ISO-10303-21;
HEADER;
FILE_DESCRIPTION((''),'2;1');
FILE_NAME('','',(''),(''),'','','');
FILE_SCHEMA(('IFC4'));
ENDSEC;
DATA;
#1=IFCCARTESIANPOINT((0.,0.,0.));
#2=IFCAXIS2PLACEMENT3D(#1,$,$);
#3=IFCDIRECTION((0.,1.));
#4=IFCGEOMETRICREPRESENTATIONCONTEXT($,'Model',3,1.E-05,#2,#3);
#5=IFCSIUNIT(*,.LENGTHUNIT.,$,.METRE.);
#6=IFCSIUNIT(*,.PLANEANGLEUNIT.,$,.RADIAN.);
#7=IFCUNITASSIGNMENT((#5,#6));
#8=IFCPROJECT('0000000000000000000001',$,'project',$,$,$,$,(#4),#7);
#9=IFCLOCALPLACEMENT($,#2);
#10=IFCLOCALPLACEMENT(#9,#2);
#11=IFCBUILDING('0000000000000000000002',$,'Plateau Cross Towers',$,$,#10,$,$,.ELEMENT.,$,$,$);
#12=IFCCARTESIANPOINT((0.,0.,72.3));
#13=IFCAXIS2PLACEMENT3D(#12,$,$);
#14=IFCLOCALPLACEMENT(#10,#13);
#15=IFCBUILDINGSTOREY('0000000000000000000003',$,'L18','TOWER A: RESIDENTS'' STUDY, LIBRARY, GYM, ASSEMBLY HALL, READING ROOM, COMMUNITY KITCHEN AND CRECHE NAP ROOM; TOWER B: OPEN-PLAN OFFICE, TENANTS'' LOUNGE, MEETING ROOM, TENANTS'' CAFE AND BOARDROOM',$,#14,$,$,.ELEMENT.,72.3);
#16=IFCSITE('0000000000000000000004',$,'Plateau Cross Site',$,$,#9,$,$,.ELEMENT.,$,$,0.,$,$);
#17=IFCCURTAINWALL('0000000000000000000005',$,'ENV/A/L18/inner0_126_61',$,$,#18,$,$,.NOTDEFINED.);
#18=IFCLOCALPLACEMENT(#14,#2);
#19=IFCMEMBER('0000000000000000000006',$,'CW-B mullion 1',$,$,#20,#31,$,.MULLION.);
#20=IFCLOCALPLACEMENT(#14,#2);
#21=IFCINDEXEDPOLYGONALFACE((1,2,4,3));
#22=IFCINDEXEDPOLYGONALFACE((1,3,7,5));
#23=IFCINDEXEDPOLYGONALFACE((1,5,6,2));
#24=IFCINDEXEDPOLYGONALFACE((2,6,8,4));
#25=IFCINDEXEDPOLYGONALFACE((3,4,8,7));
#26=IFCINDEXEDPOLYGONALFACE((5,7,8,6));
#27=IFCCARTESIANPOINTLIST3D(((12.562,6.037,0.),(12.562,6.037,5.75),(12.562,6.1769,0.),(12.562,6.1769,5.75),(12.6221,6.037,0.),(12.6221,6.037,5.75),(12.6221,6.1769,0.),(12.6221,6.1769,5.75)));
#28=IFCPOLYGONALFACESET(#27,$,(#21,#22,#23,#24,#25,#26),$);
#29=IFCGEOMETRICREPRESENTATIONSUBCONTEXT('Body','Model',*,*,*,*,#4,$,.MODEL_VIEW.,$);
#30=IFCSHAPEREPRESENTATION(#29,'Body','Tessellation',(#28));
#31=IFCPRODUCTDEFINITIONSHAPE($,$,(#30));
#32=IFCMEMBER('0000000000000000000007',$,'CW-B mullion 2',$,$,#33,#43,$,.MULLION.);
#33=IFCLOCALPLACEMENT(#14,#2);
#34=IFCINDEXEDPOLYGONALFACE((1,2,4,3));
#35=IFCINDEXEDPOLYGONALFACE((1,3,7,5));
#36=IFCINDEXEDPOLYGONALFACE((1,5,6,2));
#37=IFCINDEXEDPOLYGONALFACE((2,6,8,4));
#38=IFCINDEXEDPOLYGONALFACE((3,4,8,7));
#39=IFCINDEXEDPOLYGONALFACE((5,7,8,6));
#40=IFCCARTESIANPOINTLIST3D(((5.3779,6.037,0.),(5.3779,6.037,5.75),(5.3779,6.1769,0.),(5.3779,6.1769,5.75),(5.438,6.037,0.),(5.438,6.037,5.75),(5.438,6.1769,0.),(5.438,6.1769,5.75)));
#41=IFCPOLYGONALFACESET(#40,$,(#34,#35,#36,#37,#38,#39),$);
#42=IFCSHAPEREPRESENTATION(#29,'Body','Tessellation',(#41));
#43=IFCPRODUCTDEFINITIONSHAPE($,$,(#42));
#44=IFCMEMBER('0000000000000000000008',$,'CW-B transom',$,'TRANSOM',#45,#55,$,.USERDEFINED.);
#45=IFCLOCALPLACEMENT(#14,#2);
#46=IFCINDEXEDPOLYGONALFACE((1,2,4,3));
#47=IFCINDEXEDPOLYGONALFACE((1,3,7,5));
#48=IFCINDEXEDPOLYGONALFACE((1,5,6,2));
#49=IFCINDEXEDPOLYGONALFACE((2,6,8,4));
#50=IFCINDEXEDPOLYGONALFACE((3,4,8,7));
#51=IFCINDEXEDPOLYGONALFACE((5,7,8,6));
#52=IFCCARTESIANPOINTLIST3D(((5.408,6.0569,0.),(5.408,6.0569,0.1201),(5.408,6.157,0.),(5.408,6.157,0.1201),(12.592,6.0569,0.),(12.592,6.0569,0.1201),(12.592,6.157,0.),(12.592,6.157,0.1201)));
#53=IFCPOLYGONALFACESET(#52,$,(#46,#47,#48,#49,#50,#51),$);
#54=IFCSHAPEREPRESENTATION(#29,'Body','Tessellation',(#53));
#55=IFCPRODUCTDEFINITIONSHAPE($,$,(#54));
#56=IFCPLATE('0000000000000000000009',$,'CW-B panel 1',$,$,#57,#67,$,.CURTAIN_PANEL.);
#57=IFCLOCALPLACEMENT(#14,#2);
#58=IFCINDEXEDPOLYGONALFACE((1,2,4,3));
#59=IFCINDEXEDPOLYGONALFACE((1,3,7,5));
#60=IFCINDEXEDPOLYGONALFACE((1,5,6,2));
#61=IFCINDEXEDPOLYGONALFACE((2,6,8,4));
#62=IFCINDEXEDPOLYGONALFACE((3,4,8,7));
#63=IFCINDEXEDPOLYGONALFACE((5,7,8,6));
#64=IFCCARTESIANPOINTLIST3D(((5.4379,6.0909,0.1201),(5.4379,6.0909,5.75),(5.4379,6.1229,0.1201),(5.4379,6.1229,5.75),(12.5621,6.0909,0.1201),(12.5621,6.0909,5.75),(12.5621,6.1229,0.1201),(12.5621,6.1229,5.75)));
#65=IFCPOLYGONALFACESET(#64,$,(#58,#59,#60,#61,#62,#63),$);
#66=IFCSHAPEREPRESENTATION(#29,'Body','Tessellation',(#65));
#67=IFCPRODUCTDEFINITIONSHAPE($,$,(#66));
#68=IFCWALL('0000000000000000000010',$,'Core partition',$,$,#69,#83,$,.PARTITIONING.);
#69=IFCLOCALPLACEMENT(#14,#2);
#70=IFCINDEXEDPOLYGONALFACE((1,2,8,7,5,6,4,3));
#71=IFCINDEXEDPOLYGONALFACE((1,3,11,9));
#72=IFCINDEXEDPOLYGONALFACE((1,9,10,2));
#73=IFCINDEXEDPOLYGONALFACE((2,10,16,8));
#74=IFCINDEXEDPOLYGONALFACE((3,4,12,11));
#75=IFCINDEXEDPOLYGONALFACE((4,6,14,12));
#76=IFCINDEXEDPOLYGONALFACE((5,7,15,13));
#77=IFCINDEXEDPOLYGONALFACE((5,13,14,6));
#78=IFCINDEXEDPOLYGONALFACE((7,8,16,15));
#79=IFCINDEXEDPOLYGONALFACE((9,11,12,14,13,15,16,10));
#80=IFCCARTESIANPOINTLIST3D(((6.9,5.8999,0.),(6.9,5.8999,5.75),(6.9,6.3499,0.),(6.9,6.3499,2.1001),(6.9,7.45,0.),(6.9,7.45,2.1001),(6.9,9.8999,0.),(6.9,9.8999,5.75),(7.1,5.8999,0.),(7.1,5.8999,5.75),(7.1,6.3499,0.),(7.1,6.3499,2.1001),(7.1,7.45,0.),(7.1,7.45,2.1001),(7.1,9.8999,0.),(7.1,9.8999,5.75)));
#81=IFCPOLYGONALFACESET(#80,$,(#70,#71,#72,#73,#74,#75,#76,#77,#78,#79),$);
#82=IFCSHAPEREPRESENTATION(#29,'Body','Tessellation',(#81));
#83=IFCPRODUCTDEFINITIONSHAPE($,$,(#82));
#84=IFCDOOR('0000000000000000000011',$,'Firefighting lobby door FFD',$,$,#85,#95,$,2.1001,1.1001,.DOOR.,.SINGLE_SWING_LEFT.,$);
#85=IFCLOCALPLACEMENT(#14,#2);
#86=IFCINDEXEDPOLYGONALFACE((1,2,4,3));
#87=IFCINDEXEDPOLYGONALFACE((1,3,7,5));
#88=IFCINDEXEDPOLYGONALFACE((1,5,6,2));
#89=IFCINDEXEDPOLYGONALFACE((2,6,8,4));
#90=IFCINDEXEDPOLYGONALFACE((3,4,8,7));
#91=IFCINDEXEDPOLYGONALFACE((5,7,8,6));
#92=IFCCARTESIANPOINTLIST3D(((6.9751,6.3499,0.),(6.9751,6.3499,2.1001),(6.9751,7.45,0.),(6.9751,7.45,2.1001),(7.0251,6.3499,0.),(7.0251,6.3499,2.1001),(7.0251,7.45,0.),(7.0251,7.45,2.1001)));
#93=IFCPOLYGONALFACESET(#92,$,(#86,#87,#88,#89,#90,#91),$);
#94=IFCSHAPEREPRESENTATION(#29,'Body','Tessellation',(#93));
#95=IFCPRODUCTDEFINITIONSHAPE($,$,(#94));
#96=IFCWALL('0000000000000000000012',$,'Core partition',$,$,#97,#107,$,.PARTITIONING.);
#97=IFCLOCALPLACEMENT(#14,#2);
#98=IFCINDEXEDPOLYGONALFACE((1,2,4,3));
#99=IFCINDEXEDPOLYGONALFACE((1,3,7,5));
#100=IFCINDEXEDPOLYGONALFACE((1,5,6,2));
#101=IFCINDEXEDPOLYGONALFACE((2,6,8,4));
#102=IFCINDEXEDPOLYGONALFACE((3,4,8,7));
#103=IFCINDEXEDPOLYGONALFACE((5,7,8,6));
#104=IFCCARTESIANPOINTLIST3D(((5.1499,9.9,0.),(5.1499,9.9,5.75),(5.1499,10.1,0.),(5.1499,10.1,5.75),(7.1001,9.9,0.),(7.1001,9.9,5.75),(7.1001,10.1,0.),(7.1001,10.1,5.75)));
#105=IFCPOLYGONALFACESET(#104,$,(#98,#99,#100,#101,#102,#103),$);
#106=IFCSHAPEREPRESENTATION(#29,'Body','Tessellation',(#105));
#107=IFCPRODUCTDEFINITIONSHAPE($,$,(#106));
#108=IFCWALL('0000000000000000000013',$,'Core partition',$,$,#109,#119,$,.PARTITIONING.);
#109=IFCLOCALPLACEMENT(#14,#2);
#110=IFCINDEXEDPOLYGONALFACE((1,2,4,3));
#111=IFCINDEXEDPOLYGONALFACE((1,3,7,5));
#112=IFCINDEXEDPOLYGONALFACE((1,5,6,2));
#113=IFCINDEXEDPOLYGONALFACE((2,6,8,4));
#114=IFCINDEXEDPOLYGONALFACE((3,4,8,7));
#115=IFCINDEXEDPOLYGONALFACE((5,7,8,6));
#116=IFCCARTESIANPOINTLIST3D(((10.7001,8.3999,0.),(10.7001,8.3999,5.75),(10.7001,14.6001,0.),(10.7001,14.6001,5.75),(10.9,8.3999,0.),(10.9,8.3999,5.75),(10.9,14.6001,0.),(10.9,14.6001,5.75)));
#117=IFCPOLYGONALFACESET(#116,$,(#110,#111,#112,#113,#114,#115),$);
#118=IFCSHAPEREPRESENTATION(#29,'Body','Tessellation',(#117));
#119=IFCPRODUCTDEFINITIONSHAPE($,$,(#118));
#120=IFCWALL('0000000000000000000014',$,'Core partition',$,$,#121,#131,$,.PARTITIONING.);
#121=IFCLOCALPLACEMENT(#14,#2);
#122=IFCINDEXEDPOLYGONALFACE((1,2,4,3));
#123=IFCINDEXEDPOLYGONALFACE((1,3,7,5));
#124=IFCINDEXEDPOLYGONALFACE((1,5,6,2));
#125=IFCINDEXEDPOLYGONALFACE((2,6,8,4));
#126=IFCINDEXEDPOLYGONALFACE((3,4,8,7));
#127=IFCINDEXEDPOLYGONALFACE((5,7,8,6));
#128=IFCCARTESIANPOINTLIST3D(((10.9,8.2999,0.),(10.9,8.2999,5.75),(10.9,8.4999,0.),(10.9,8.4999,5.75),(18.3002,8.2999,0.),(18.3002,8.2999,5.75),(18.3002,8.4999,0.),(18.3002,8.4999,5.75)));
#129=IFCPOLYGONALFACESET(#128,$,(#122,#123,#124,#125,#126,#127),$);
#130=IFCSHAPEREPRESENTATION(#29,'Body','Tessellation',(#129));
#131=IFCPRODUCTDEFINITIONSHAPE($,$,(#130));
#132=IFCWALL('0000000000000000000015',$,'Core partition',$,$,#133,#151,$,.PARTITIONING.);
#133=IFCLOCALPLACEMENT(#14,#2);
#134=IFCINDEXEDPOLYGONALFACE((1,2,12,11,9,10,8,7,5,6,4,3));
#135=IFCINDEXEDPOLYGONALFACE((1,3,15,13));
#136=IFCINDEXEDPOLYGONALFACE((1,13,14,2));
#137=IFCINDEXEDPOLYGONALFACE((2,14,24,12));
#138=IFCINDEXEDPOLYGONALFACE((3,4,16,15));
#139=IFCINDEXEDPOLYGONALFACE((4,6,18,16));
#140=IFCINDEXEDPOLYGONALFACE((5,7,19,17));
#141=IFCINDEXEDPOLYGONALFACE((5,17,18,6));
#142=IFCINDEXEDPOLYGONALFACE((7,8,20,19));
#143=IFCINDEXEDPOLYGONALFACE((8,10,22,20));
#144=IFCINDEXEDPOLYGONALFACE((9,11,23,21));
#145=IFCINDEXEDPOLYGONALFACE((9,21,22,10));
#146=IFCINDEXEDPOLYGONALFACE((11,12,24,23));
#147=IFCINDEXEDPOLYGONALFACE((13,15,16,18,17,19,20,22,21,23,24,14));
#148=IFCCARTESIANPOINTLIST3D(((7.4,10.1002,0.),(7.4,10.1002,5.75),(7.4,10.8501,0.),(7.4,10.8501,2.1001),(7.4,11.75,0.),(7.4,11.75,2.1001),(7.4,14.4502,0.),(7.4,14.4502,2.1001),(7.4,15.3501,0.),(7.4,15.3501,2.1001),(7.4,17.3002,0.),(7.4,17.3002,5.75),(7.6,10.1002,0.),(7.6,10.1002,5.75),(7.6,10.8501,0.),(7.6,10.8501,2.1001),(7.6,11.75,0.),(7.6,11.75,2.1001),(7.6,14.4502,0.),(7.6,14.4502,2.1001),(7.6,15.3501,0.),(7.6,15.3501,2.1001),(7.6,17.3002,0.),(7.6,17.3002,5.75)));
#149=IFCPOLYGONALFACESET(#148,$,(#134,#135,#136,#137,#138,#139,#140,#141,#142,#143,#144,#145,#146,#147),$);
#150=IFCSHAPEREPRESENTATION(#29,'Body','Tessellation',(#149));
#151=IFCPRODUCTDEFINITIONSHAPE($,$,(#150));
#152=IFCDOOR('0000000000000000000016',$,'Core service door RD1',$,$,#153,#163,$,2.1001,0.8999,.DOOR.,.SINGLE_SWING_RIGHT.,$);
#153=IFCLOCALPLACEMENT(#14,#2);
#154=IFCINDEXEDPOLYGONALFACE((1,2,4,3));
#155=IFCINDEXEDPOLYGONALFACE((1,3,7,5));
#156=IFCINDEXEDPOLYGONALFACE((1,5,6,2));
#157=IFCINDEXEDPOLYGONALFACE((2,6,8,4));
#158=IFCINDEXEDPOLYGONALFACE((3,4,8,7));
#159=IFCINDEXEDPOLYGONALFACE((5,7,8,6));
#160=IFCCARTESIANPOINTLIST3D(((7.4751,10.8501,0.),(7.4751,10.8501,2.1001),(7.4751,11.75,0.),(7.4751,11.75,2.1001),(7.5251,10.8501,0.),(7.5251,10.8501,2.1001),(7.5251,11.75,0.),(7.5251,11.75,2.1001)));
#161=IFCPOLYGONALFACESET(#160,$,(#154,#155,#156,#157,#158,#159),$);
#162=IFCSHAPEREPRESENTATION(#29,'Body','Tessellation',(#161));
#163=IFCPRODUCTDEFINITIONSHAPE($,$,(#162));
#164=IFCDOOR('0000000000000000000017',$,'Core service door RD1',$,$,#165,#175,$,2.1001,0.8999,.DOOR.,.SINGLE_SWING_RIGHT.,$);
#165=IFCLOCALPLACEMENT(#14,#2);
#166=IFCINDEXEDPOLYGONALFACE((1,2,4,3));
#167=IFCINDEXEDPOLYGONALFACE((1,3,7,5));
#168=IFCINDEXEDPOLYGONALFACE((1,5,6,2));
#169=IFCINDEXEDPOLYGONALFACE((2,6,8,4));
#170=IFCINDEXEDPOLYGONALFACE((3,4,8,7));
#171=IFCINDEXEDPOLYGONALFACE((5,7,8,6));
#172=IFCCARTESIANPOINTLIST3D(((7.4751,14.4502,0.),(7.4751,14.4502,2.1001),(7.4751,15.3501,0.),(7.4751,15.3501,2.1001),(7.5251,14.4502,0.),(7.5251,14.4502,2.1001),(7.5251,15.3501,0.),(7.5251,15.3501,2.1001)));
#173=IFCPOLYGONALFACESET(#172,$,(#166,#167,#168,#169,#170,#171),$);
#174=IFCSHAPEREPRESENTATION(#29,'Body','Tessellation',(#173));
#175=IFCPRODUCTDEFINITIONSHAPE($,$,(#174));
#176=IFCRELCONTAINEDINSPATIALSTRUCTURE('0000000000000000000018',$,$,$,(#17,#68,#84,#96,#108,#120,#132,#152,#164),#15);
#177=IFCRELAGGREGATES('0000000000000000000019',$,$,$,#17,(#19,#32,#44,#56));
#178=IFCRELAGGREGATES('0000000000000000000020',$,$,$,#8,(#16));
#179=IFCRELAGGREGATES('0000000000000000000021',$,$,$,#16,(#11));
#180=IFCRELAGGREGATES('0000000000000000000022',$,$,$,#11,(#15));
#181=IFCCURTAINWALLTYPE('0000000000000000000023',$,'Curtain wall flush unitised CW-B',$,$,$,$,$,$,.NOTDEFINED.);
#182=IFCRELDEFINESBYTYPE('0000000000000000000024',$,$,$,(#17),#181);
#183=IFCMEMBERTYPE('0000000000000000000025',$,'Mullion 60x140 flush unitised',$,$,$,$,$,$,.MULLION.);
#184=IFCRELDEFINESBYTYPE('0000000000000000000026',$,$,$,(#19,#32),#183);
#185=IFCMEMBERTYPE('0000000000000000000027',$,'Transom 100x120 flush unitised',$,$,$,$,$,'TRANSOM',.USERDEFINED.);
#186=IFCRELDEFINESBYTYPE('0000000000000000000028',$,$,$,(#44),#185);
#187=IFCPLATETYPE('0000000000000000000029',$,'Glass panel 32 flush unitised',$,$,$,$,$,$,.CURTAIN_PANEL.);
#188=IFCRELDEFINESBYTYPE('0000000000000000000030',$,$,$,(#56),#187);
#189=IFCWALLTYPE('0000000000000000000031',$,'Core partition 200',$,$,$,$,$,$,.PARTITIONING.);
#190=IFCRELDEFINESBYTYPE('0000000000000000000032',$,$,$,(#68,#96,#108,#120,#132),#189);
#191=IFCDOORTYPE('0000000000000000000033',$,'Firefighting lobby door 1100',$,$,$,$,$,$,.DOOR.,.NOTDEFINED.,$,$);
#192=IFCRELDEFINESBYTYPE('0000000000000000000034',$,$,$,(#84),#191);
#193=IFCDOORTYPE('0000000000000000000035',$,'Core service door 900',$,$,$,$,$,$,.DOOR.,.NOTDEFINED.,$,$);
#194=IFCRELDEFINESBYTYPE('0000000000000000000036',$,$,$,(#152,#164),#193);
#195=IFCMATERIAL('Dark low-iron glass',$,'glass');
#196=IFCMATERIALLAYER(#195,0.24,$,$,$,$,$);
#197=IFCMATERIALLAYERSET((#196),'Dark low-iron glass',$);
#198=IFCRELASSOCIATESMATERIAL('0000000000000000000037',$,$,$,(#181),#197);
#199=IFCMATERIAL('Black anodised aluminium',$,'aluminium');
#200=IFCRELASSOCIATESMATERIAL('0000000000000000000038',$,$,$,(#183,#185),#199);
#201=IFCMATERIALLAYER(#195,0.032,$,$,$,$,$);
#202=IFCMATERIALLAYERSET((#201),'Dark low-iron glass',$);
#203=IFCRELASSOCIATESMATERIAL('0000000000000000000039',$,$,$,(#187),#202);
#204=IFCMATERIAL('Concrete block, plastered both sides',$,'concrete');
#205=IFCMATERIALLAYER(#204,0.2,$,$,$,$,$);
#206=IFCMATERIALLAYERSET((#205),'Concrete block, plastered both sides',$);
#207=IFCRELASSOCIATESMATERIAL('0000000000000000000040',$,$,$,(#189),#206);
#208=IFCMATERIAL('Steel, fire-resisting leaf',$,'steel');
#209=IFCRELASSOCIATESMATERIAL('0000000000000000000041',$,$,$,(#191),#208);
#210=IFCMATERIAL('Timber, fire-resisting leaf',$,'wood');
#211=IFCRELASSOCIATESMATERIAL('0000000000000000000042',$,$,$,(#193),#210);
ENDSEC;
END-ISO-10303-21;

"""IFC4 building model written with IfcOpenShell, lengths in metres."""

from ifc_helpers import new_model, si_unit, direction, frame, frame_2d, origin, origin_2d, place, context, subcontext, project, spatial, rectangle, extrude, material, layer, layer_set, material_profile, profile_set, type_object, element, fill, aggregate, save


model = new_model("IFC4")

# Units and contexts
model_context = context("Model", 3, precision=1e-05, world=origin(), true_north=direction((0.0, 1.0)))
body_context = subcontext(model_context, "Body", "Model", "MODEL_VIEW")
ifc_project = project(units=[si_unit("LENGTHUNIT", "METRE"), si_unit("PLANEANGLEUNIT", "RADIAN")], contexts=[model_context])

# Site, building, storey
site_placement = place(None, origin())
site = spatial("IfcSite", under=ifc_project, at=site_placement, Name="Plateau Cross Site", CompositionType="ELEMENT", RefElevation=0.0)
building_placement = place(site_placement, origin())
building = spatial("IfcBuilding", under=site, at=building_placement, Name="Plateau Cross Towers", CompositionType="ELEMENT")
storey_placement = place(building_placement, frame((0.0, 0.0, 72.3)))
storey = spatial("IfcBuildingStorey", under=building, at=storey_placement, Name="L18", Description="TOWER A: RESIDENTS' STUDY, LIBRARY, GYM, ASSEMBLY HALL, READING ROOM, COMMUNITY KITCHEN AND CRECHE NAP ROOM; TOWER B: OPEN-PLAN OFFICE, TENANTS' LOUNGE, MEETING ROOM, TENANTS' CAFE AND BOARDROOM", CompositionType="ELEMENT", Elevation=72.3)

# Curtain wall, members, plate
ifc_material_1 = material(Name="Dark low-iron glass", Category="glass")
ifc_layer_1 = layer(ifc_material_1, 0.24)
ifc_layer_set_1 = layer_set([ifc_layer_1], Name="Dark low-iron glass")
curtain_wall_type = type_object("IfcCurtainWallType", Name="Curtain wall flush unitised CW-B", PredefinedType="NOTDEFINED", material=ifc_layer_set_1)
curtain_wall_placement = place(storey_placement, origin())
curtain_wall = element("IfcCurtainWall", 1, at=curtain_wall_placement, inside=storey, type_object=curtain_wall_type, Name="ENV/A/L18/inner0_126_61", PredefinedType="NOTDEFINED")
ifc_material_2 = material(Name="Black anodised aluminium", Category="aluminium")
ifc_material_profile_1 = material_profile(ifc_material_2, rectangle(XDim=0.0601, YDim=0.1399, at=origin_2d()), Name="MULLION 60x140")
ifc_profile_set_1 = profile_set([ifc_material_profile_1], Name="Black anodised aluminium")
member_type_1 = type_object("IfcMemberType", Name="Mullion 60x140 flush unitised", PredefinedType="MULLION", material=ifc_profile_set_1)
member_1_placement = place(storey_placement, frame((12.592, 6.1069, 0.0), z_axis=(0.0, 0.0, 1.0), x_axis=(-1.0, 0.0, 0.0)))
member_1 = element("IfcMember", 2, at=member_1_placement, type_object=member_type_1, Name="CW-B mullion 1", PredefinedType="MULLION", context=body_context, shape_type="SweptSolid", body=[
    extrude(rectangle(XDim=0.0601, YDim=0.1399, at=origin_2d()), origin(), (0.0, 0.0, 1.0), 5.75),
])
member_2_placement = place(storey_placement, frame((5.408, 6.1069, 0.0), z_axis=(0.0, 0.0, 1.0), x_axis=(-1.0, 0.0, 0.0)))
member_2 = element("IfcMember", 3, at=member_2_placement, type_object=member_type_1, Name="CW-B mullion 2", PredefinedType="MULLION", context=body_context, shape_type="SweptSolid", body=[
    extrude(rectangle(XDim=0.0601, YDim=0.1399, at=origin_2d()), origin(), (0.0, 0.0, 1.0), 5.75),
])
ifc_material_profile_2 = material_profile(ifc_material_2, rectangle(XDim=0.1001, YDim=0.1201, at=origin_2d()), Name="TRANSOM 100x120")
ifc_profile_set_2 = profile_set([ifc_material_profile_2], Name="Black anodised aluminium")
member_type_2 = type_object("IfcMemberType", Name="Transom 100x120 flush unitised", ElementType="TRANSOM", PredefinedType="USERDEFINED", material=ifc_profile_set_2)
member_3_placement = place(storey_placement, frame((12.592, 6.1069, 0.0601), z_axis=(-1.0, 0.0, 0.0), x_axis=(0.0, -1.0, 0.0)))
member_3 = element("IfcMember", 4, at=member_3_placement, type_object=member_type_2, Name="CW-B transom", ObjectType="TRANSOM", PredefinedType="USERDEFINED", context=body_context, shape_type="SweptSolid", body=[
    extrude(rectangle(XDim=0.1001, YDim=0.1201, at=origin_2d()), origin(), (0.0, 0.0, 1.0), 7.1841),
])
ifc_layer_2 = layer(ifc_material_1, 0.032)
ifc_layer_set_2 = layer_set([ifc_layer_2], Name="Dark low-iron glass")
plate_type = type_object("IfcPlateType", Name="Glass panel 32 flush unitised", PredefinedType="CURTAIN_PANEL", material=ifc_layer_set_2)
plate_placement = place(storey_placement, frame((9.0, 6.1069, 0.1201), z_axis=(0.0, 0.0, 1.0), x_axis=(-1.0, 0.0, 0.0)))
plate = element("IfcPlate", 5, at=plate_placement, type_object=plate_type, Name="CW-B panel 1", PredefinedType="CURTAIN_PANEL", context=body_context, shape_type="SweptSolid", body=[
    extrude(rectangle(XDim=7.1243, YDim=0.032, at=origin_2d()), origin(), (0.0, 0.0, 1.0), 5.6299),
])
aggregate(curtain_wall, [member_1, member_2, member_3, plate])

# Wall, opening, door
ifc_material_3 = material(Name="Concrete block, plastered both sides", Category="concrete")
ifc_layer_3 = layer(ifc_material_3, 0.2)
ifc_layer_set_3 = layer_set([ifc_layer_3], Name="Concrete block, plastered both sides")
wall_type_1 = type_object("IfcWallType", Name="Core partition 200", PredefinedType="PARTITIONING", material=ifc_layer_set_3)
wall_1_placement = place(storey_placement, frame((7.0, 5.8999, 0.0), z_axis=(0.0, 0.0, 1.0), x_axis=(0.0, 1.0, 0.0)))
wall_1 = element("IfcWall", 6, at=wall_1_placement, inside=storey, type_object=wall_type_1, Name="Core partition", PredefinedType="PARTITIONING", context=body_context, shape_type="SweptSolid", body=[
    extrude(rectangle(XDim=4.0, YDim=0.2, at=frame_2d((2.0, 0.0))), origin(), (0.0, 0.0, 1.0), 5.75),
])
opening_1_placement = place(wall_1_placement, frame((0.45, 0.0, 0.0)))
opening_1 = element("IfcOpeningElement", 7, at=opening_1_placement, cuts=wall_1, PredefinedType="OPENING", context=body_context, shape_type="SweptSolid", body=[
    extrude(rectangle(XDim=1.1001, YDim=2.1001, at=frame_2d((0.55, 1.05))), frame((0.0, 0.1099, 0.0), z_axis=(0.0, -1.0, 0.0), x_axis=(1.0, 0.0, 0.0)), (0.0, 0.0, 1.0), 0.22),
])
ifc_material_4 = material(Name="Steel, fire-resisting leaf", Category="steel")
door_type_1 = type_object("IfcDoorType", Name="Firefighting lobby door 1100", OperationType="NOTDEFINED", PredefinedType="DOOR", material=ifc_material_4)
door_1_placement = place(opening_1_placement, origin())
door_1 = element("IfcDoor", 8, at=door_1_placement, inside=storey, type_object=door_type_1, Name="Firefighting lobby door FFD", OperationType="SINGLE_SWING_LEFT", OverallHeight=2.1001, OverallWidth=1.1001, PredefinedType="DOOR", context=body_context, shape_type="SweptSolid", body=[
    extrude(rectangle(XDim=1.1001, YDim=2.1001, at=frame_2d((0.55, 1.05))), frame((0.0, 0.0249, 0.0), z_axis=(0.0, -1.0, 0.0), x_axis=(1.0, 0.0, 0.0)), (0.0, 0.0, 1.0), 0.05),
])
fill(opening_1, door_1)

# Walls
wall_2_placement = place(storey_placement, frame((5.1499, 10.0, 0.0), z_axis=(0.0, 0.0, 1.0), x_axis=(1.0, 0.0, 0.0)))
element("IfcWall", 9, at=wall_2_placement, inside=storey, type_object=wall_type_1, Name="Core partition", PredefinedType="PARTITIONING", context=body_context, shape_type="SweptSolid", body=[
    extrude(rectangle(XDim=1.9502, YDim=0.2, at=frame_2d((0.9751, 0.0))), origin(), (0.0, 0.0, 1.0), 5.75),
])
wall_3_placement = place(storey_placement, frame((10.8, 8.3999, 0.0), z_axis=(0.0, 0.0, 1.0), x_axis=(0.0, 1.0, 0.0)))
element("IfcWall", 10, at=wall_3_placement, inside=storey, type_object=wall_type_1, Name="Core partition", PredefinedType="PARTITIONING", context=body_context, shape_type="SweptSolid", body=[
    extrude(rectangle(XDim=6.2002, YDim=0.2, at=frame_2d((3.1001, 0.0))), origin(), (0.0, 0.0, 1.0), 5.75),
])
wall_4_placement = place(storey_placement, frame((10.8999, 8.3999, 0.0), z_axis=(0.0, 0.0, 1.0), x_axis=(1.0, 0.0, 0.0)))
element("IfcWall", 11, at=wall_4_placement, inside=storey, type_object=wall_type_1, Name="Core partition", PredefinedType="PARTITIONING", context=body_context, shape_type="SweptSolid", body=[
    extrude(rectangle(XDim=7.4001, YDim=0.2, at=frame_2d((3.7002, 0.0))), origin(), (0.0, 0.0, 1.0), 5.75),
])

# Wall, openings, doors
wall_5_placement = place(storey_placement, frame((7.5, 10.1001, 0.0), z_axis=(0.0, 0.0, 1.0), x_axis=(0.0, 1.0, 0.0)))
wall_5 = element("IfcWall", 12, at=wall_5_placement, inside=storey, type_object=wall_type_1, Name="Core partition", PredefinedType="PARTITIONING", context=body_context, shape_type="SweptSolid", body=[
    extrude(rectangle(XDim=7.2, YDim=0.2, at=frame_2d((3.6001, 0.0))), origin(), (0.0, 0.0, 1.0), 5.75),
])
opening_2_placement = place(wall_5_placement, frame((0.75, 0.0, 0.0)))
opening_2 = element("IfcOpeningElement", 13, at=opening_2_placement, cuts=wall_5, PredefinedType="OPENING", context=body_context, shape_type="SweptSolid", body=[
    extrude(rectangle(XDim=0.8999, YDim=2.1001, at=frame_2d((0.45, 1.05))), frame((0.0, 0.1099, 0.0), z_axis=(0.0, -1.0, 0.0), x_axis=(1.0, 0.0, 0.0)), (0.0, 0.0, 1.0), 0.22),
])
opening_3_placement = place(wall_5_placement, frame((4.3501, 0.0, 0.0)))
opening_3 = element("IfcOpeningElement", 14, at=opening_3_placement, cuts=wall_5, PredefinedType="OPENING", context=body_context, shape_type="SweptSolid", body=[
    extrude(rectangle(XDim=0.8999, YDim=2.1001, at=frame_2d((0.45, 1.05))), frame((0.0, 0.1099, 0.0), z_axis=(0.0, -1.0, 0.0), x_axis=(1.0, 0.0, 0.0)), (0.0, 0.0, 1.0), 0.22),
])
ifc_material_5 = material(Name="Timber, fire-resisting leaf", Category="wood")
door_type_2 = type_object("IfcDoorType", Name="Core service door 900", OperationType="NOTDEFINED", PredefinedType="DOOR", material=ifc_material_5)
door_2_placement = place(opening_2_placement, origin())
door_2 = element("IfcDoor", 15, at=door_2_placement, inside=storey, type_object=door_type_2, Name="Core service door RD1", OperationType="SINGLE_SWING_RIGHT", OverallHeight=2.1001, OverallWidth=0.8999, PredefinedType="DOOR", context=body_context, shape_type="SweptSolid", body=[
    extrude(rectangle(XDim=0.8999, YDim=2.1001, at=frame_2d((0.45, 1.05))), frame((0.0, 0.0249, 0.0), z_axis=(0.0, -1.0, 0.0), x_axis=(1.0, 0.0, 0.0)), (0.0, 0.0, 1.0), 0.05),
])
fill(opening_2, door_2)
door_3_placement = place(opening_3_placement, origin())
door_3 = element("IfcDoor", 16, at=door_3_placement, inside=storey, type_object=door_type_2, Name="Core service door RD1", OperationType="SINGLE_SWING_RIGHT", OverallHeight=2.1001, OverallWidth=0.8999, PredefinedType="DOOR", context=body_context, shape_type="SweptSolid", body=[
    extrude(rectangle(XDim=0.8999, YDim=2.1001, at=frame_2d((0.45, 1.05))), frame((0.0, 0.0249, 0.0), z_axis=(0.0, -1.0, 0.0), x_axis=(1.0, 0.0, 0.0)), (0.0, 0.0, 1.0), 0.05),
])
fill(opening_3, door_3)

save(model, "model.ifc")
